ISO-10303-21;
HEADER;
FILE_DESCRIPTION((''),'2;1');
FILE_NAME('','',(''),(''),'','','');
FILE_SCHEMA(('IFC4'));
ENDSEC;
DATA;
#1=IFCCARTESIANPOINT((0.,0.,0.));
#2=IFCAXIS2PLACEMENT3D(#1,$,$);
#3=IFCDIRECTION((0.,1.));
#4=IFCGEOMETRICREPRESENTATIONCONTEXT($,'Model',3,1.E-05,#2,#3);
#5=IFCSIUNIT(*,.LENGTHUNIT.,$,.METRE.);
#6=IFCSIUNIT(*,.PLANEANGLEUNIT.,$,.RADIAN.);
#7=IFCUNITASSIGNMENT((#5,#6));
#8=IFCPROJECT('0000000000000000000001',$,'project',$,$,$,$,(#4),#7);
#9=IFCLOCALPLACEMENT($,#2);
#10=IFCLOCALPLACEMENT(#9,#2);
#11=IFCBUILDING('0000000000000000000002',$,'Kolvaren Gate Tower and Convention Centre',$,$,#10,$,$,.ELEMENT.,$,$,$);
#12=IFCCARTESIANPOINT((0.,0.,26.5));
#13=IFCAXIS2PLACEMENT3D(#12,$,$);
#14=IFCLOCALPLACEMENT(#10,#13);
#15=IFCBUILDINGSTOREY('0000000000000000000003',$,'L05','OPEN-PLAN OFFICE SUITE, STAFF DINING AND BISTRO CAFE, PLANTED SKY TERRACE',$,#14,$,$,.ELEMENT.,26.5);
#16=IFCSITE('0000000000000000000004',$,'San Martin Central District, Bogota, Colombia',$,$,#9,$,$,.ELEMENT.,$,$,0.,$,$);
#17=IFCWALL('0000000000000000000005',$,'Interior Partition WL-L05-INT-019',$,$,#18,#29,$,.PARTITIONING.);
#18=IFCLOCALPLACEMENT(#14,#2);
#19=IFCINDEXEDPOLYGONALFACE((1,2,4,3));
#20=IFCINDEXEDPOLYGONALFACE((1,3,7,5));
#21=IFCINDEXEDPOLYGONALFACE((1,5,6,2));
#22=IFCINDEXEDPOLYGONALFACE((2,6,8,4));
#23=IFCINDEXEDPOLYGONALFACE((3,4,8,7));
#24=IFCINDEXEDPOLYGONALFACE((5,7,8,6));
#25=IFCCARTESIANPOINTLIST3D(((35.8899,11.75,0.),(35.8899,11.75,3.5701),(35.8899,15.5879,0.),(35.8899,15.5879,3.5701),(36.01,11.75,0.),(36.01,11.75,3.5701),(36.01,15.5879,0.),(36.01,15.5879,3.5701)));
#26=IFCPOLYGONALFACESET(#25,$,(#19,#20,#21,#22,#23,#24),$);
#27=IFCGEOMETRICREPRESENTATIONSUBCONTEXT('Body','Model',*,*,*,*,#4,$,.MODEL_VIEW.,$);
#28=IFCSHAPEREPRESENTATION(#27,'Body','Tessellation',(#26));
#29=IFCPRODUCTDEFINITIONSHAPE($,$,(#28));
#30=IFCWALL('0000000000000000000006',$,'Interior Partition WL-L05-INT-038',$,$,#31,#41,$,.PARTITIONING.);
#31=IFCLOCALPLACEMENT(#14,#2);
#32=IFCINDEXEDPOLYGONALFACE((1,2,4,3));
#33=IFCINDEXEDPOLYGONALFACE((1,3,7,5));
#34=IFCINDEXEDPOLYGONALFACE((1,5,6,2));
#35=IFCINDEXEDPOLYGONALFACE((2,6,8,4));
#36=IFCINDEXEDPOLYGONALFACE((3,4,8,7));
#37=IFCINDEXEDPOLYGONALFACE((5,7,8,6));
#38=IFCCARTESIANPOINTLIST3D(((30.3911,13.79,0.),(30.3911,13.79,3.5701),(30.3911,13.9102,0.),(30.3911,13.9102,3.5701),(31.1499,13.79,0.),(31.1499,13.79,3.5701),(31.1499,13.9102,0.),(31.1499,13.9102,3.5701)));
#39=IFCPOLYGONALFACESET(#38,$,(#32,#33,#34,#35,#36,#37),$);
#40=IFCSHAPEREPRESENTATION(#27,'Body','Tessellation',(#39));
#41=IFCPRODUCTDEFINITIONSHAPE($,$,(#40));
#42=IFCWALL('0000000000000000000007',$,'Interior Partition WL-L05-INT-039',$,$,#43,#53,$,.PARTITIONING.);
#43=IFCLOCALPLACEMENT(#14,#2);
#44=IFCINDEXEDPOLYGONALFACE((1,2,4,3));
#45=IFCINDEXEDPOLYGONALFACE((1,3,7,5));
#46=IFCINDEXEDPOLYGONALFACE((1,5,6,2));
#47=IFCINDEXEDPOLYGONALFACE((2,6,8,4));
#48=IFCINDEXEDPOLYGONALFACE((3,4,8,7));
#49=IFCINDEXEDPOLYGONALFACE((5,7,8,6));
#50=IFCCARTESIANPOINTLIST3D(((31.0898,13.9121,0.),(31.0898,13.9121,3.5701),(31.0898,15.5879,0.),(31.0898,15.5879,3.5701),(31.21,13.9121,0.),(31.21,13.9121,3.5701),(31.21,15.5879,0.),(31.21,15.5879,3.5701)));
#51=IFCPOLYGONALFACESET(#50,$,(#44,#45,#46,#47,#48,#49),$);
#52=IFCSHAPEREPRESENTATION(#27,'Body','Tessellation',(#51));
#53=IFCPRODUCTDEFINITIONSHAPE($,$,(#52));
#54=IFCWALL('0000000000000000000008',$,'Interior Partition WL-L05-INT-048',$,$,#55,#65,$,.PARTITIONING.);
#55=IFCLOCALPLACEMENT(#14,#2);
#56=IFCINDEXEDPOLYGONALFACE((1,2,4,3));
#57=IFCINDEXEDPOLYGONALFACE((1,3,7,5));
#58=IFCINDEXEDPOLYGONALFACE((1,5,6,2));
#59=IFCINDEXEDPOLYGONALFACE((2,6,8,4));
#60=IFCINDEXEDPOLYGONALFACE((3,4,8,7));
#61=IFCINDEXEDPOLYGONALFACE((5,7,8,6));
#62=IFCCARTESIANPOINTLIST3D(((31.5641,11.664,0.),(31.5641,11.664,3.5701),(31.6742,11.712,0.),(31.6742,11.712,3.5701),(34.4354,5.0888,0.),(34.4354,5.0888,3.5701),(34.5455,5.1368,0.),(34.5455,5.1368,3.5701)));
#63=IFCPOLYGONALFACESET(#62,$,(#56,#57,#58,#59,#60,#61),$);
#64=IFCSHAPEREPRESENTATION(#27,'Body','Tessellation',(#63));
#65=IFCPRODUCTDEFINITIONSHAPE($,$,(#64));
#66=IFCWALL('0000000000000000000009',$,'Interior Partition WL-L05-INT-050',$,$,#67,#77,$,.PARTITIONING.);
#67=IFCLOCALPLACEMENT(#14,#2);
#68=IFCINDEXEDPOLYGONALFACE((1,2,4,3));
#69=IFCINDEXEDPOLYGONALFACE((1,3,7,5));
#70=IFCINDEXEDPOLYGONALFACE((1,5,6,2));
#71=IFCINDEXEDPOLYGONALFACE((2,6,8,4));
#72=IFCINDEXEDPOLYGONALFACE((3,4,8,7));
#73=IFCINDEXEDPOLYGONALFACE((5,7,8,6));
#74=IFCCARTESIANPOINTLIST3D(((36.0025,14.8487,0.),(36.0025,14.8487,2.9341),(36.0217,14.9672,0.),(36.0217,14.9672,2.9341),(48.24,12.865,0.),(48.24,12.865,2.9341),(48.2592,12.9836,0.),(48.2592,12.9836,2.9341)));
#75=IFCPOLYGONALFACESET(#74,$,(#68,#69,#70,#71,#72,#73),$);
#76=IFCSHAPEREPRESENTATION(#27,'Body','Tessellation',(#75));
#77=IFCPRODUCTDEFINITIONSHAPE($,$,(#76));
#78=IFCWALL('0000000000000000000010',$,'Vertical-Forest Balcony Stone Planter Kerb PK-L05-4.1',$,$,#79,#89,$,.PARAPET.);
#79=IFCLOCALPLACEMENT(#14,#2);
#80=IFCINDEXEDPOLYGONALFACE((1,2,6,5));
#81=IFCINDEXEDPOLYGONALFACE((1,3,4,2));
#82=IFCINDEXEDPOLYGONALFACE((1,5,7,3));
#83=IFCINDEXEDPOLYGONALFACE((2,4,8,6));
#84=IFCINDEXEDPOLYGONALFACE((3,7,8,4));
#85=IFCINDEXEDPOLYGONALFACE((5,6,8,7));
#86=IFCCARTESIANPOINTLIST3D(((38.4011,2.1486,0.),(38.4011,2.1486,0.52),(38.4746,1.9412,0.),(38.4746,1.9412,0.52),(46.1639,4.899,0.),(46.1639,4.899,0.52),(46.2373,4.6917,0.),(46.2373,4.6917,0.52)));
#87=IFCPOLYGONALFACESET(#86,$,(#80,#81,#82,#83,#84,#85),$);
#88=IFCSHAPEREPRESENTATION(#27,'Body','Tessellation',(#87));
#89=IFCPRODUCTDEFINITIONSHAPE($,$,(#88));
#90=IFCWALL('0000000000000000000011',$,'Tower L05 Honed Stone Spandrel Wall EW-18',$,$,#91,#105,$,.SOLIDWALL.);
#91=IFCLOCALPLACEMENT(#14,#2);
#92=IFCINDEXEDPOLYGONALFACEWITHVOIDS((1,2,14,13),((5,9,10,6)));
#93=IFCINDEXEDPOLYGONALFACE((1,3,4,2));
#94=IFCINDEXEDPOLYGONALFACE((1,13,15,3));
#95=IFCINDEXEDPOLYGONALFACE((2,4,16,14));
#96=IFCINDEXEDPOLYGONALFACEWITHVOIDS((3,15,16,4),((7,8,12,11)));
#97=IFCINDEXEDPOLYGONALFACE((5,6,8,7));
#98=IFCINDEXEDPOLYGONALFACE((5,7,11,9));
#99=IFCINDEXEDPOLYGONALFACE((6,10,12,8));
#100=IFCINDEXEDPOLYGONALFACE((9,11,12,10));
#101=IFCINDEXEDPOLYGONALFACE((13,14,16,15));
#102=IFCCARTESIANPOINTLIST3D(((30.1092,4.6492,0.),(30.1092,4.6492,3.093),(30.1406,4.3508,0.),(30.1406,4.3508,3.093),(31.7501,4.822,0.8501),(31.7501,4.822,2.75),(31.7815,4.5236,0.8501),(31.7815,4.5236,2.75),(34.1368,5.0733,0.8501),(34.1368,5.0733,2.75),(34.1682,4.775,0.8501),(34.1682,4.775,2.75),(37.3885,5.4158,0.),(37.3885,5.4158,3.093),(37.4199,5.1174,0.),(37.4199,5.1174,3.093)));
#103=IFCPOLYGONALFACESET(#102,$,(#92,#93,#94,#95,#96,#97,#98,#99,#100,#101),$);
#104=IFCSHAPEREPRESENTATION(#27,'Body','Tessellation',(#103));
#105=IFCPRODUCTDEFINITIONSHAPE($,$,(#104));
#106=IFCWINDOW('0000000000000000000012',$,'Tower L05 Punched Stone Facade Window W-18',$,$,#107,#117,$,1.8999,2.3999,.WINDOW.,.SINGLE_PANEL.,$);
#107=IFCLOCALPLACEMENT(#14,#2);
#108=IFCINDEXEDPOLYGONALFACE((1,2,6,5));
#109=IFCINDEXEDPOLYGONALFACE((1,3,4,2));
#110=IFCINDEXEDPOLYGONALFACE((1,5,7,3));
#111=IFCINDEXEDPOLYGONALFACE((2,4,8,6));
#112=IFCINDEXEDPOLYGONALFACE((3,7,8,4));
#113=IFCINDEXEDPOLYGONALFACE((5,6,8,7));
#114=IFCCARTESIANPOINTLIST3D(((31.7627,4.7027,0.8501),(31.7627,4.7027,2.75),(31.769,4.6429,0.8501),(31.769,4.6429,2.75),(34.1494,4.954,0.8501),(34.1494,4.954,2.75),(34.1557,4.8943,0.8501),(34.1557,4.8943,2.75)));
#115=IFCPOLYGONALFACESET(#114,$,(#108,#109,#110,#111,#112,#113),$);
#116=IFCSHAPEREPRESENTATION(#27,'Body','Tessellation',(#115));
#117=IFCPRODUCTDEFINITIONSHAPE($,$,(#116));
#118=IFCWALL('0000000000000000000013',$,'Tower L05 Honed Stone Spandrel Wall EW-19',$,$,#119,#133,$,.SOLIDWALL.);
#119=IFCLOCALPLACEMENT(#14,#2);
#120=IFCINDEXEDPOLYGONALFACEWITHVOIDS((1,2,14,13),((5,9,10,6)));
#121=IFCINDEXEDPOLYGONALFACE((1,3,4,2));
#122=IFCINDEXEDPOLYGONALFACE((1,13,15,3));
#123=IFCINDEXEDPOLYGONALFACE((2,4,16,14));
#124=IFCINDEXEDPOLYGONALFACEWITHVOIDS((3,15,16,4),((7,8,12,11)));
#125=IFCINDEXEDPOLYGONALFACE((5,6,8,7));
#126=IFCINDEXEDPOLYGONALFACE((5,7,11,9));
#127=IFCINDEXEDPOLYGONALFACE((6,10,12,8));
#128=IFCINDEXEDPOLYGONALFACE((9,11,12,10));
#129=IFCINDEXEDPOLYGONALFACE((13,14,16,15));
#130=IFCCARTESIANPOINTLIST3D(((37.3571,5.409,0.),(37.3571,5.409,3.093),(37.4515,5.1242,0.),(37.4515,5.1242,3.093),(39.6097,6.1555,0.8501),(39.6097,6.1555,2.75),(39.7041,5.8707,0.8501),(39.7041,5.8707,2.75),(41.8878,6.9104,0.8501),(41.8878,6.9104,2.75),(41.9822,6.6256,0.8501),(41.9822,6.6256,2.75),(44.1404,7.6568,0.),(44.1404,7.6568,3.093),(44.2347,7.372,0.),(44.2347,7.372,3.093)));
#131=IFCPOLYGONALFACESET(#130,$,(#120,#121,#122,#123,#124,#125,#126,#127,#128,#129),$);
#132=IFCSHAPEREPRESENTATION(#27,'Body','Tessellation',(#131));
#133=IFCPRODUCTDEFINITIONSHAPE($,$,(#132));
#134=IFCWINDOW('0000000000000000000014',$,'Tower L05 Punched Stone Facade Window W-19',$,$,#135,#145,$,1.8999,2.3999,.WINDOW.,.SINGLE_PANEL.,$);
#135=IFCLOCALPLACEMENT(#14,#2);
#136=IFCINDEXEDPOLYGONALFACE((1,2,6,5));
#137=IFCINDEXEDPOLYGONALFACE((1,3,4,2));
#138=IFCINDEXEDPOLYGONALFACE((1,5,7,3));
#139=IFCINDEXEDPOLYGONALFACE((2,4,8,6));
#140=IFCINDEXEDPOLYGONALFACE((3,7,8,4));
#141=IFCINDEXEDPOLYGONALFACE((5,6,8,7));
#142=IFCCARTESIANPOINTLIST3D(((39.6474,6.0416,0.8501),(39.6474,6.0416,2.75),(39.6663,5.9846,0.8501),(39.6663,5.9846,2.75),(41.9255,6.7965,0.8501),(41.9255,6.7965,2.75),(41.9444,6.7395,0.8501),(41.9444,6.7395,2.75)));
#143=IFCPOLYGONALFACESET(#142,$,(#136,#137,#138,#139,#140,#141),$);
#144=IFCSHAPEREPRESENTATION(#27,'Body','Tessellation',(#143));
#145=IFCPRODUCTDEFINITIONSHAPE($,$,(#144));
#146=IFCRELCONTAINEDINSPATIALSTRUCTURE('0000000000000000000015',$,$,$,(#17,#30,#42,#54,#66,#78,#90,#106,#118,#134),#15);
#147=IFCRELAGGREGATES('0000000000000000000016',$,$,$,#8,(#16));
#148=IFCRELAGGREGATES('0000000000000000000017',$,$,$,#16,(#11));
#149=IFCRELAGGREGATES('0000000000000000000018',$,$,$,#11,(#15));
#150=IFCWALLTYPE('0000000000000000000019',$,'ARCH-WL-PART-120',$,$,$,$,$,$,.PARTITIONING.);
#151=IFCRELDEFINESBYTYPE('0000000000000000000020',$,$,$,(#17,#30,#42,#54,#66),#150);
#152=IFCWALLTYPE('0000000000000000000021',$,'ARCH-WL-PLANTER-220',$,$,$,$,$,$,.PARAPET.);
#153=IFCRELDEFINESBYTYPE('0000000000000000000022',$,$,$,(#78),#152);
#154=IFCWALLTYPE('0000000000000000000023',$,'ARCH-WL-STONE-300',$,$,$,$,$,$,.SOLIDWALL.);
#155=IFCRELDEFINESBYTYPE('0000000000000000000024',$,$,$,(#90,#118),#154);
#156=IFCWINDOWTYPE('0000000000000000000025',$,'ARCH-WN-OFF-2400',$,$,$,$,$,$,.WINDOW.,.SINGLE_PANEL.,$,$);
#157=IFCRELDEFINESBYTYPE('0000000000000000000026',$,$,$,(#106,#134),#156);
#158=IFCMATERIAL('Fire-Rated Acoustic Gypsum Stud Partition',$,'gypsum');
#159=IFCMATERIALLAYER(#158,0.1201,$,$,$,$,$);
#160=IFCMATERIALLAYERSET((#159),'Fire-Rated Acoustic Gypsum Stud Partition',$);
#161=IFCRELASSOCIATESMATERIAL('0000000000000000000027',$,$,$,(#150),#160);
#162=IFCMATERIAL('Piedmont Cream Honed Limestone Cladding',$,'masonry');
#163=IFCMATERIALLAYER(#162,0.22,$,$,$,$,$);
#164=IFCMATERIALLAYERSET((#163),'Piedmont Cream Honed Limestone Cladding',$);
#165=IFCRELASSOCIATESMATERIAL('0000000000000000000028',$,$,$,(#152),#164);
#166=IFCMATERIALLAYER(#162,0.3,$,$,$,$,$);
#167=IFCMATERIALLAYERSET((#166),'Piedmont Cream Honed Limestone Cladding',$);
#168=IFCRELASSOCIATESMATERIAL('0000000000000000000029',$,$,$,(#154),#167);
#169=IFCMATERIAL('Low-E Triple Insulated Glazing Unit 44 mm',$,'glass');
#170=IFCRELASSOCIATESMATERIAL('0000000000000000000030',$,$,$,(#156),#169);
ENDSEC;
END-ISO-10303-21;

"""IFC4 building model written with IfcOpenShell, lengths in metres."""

from ifc_helpers import new_model, si_unit, direction, frame, frame_2d, origin, place, context, subcontext, project, spatial, rectangle, extrude, material, layer, layer_set, type_object, element, fill, save


model = new_model("IFC4")

# Units and contexts
model_context = context("Model", 3, precision=1e-05, world=origin(), true_north=direction((0.0, 1.0)))
body_context = subcontext(model_context, "Body", "Model", "MODEL_VIEW")
ifc_project = project(units=[si_unit("LENGTHUNIT", "METRE"), si_unit("PLANEANGLEUNIT", "RADIAN")], contexts=[model_context])

# Site, building, storey
site_placement = place(None, origin())
site = spatial("IfcSite", under=ifc_project, at=site_placement, Name="San Martin Central District, Bogota, Colombia", CompositionType="ELEMENT", RefElevation=0.0)
building_placement = place(site_placement, origin())
building = spatial("IfcBuilding", under=site, at=building_placement, Name="Kolvaren Gate Tower and Convention Centre", CompositionType="ELEMENT")
storey_placement = place(building_placement, frame((0.0, 0.0, 26.5)))
storey = spatial("IfcBuildingStorey", under=building, at=storey_placement, Name="L05", Description="OPEN-PLAN OFFICE SUITE, STAFF DINING AND BISTRO CAFE, PLANTED SKY TERRACE", CompositionType="ELEMENT", Elevation=26.5)

# Walls
ifc_material_1 = material(Name="Fire-Rated Acoustic Gypsum Stud Partition", Category="gypsum")
ifc_layer_1 = layer(ifc_material_1, 0.1201)
ifc_layer_set_1 = layer_set([ifc_layer_1], Name="Fire-Rated Acoustic Gypsum Stud Partition")
wall_type_1 = type_object("IfcWallType", Name="ARCH-WL-PART-120", PredefinedType="PARTITIONING", material=ifc_layer_set_1)
wall_1_placement = place(storey_placement, frame((35.95, 11.75, 0.0), z_axis=(0.0, 0.0, 1.0), x_axis=(0.0, 1.0, 0.0)))
element("IfcWall", 1, at=wall_1_placement, inside=storey, type_object=wall_type_1, Name="Interior Partition WL-L05-INT-019", PredefinedType="PARTITIONING", context=body_context, shape_type="SweptSolid", body=[
    extrude(rectangle(XDim=3.8379, YDim=0.1201, at=frame_2d((1.9189, 0.0))), origin(), (0.0, 0.0, 1.0), 3.5701),
])
wall_2_placement = place(storey_placement, frame((30.3911, 13.8501, 0.0), z_axis=(0.0, 0.0, 1.0), x_axis=(1.0, 0.0, 0.0)))
element("IfcWall", 2, at=wall_2_placement, inside=storey, type_object=wall_type_1, Name="Interior Partition WL-L05-INT-038", PredefinedType="PARTITIONING", context=body_context, shape_type="SweptSolid", body=[
    extrude(rectangle(XDim=0.7588, YDim=0.1201, at=frame_2d((0.3794, 0.0))), origin(), (0.0, 0.0, 1.0), 3.5701),
])
wall_3_placement = place(storey_placement, frame((31.1499, 13.9121, 0.0), z_axis=(0.0, 0.0, 1.0), x_axis=(0.0, 1.0, 0.0)))
element("IfcWall", 3, at=wall_3_placement, inside=storey, type_object=wall_type_1, Name="Interior Partition WL-L05-INT-039", PredefinedType="PARTITIONING", context=body_context, shape_type="SweptSolid", body=[
    extrude(rectangle(XDim=1.6758, YDim=0.1201, at=frame_2d((0.8379, 0.0))), origin(), (0.0, 0.0, 1.0), 3.5701),
])
wall_4_placement = place(storey_placement, frame((31.6191, 11.688, 0.0), z_axis=(0.0, 0.0, 1.0), x_axis=(0.400198, -0.916429, 0.0)))
element("IfcWall", 4, at=wall_4_placement, inside=storey, type_object=wall_type_1, Name="Interior Partition WL-L05-INT-048", PredefinedType="PARTITIONING", context=body_context, shape_type="SweptSolid", body=[
    extrude(rectangle(XDim=7.1748, YDim=0.1201, at=frame_2d((3.5874, 0.0))), origin(), (0.0, 0.0, 1.0), 3.5701),
])
wall_5_placement = place(storey_placement, frame((36.012, 14.908, 0.0), z_axis=(0.0, 0.0, 1.0), x_axis=(0.987116, -0.160006, 0.0)))
element("IfcWall", 5, at=wall_5_placement, inside=storey, type_object=wall_type_1, Name="Interior Partition WL-L05-INT-050", PredefinedType="PARTITIONING", context=body_context, shape_type="SweptSolid", body=[
    extrude(rectangle(XDim=12.3972, YDim=0.1201, at=frame_2d((6.1987, 0.0))), origin(), (0.0, 0.0, 1.0), 2.9341),
])
ifc_material_2 = material(Name="Piedmont Cream Honed Limestone Cladding", Category="masonry")
ifc_layer_2 = layer(ifc_material_2, 0.22)
ifc_layer_set_2 = layer_set([ifc_layer_2], Name="Piedmont Cream Honed Limestone Cladding")
wall_type_2 = type_object("IfcWallType", Name="ARCH-WL-PLANTER-220", PredefinedType="PARAPET", material=ifc_layer_set_2)
wall_6_placement = place(storey_placement, frame((38.438, 2.0449, 0.0), z_axis=(0.0, 0.0, 1.0), x_axis=(0.942581, 0.333977, 0.0)))
element("IfcWall", 6, at=wall_6_placement, inside=storey, type_object=wall_type_2, Name="Vertical-Forest Balcony Stone Planter Kerb PK-L05-4.1", PredefinedType="PARAPET", context=body_context, shape_type="SweptSolid", body=[
    extrude(rectangle(XDim=8.2356, YDim=0.22, at=frame_2d((4.1177, 0.0))), origin(), (0.0, 0.0, 1.0), 0.52),
])

# Walls, openings, windows
ifc_layer_3 = layer(ifc_material_2, 0.3)
ifc_layer_set_3 = layer_set([ifc_layer_3], Name="Piedmont Cream Honed Limestone Cladding")
wall_type_3 = type_object("IfcWallType", Name="ARCH-WL-STONE-300", PredefinedType="SOLIDWALL", material=ifc_layer_set_3)
wall_7_placement = place(storey_placement, frame((30.125, 4.5, 0.0), z_axis=(0.0, 0.0, 1.0), x_axis=(0.9945, 0.104733, 0.0)))
wall_7 = element("IfcWall", 7, at=wall_7_placement, inside=storey, type_object=wall_type_3, Name="Tower L05 Honed Stone Spandrel Wall EW-18", PredefinedType="SOLIDWALL", context=body_context, shape_type="SweptSolid", body=[
    extrude(rectangle(XDim=7.3196, YDim=0.3, at=frame_2d((3.6597, 0.0))), origin(), (0.0, 0.0, 1.0), 3.093),
])
opening_1_placement = place(wall_7_placement, frame((1.6499, 0.0, 0.8501)))
opening_1 = element("IfcOpeningElement", 8, at=opening_1_placement, cuts=wall_7, PredefinedType="OPENING", context=body_context, shape_type="SweptSolid", body=[
    extrude(rectangle(XDim=2.3999, YDim=1.8999, at=frame_2d((1.2, 0.95))), frame((0.0, 0.1599, 0.0), z_axis=(0.0, -1.0, 0.0), x_axis=(1.0, 0.0, 0.0)), (0.0, 0.0, 1.0), 0.3201),
])
ifc_material_3 = material(Name="Low-E Triple Insulated Glazing Unit 44 mm", Category="glass")
window_type = type_object("IfcWindowType", Name="ARCH-WN-OFF-2400", PartitioningType="SINGLE_PANEL", PredefinedType="WINDOW", material=ifc_material_3)
window_1_placement = place(opening_1_placement, origin())
window_1 = element("IfcWindow", 9, at=window_1_placement, inside=storey, type_object=window_type, Name="Tower L05 Punched Stone Facade Window W-18", OverallHeight=1.8999, OverallWidth=2.3999, PartitioningType="SINGLE_PANEL", PredefinedType="WINDOW", context=body_context, shape_type="SweptSolid", body=[
    extrude(rectangle(XDim=2.3999, YDim=1.8999, at=frame_2d((1.2, 0.95))), frame((0.0, 0.03, 0.0), z_axis=(0.0, -1.0, 0.0), x_axis=(1.0, 0.0, 0.0)), (0.0, 0.0, 1.0), 0.0601),
])
fill(opening_1, window_1)
wall_8_placement = place(storey_placement, frame((37.4043, 5.2666, 0.0), z_axis=(0.0, 0.0, 1.0), x_axis=(0.949239, 0.314557, 0.0)))
wall_8 = element("IfcWall", 10, at=wall_8_placement, inside=storey, type_object=wall_type_3, Name="Tower L05 Honed Stone Spandrel Wall EW-19", PredefinedType="SOLIDWALL", context=body_context, shape_type="SweptSolid", body=[
    extrude(rectangle(XDim=7.146, YDim=0.3, at=frame_2d((3.573, 0.0))), origin(), (0.0, 0.0, 1.0), 3.093),
])
opening_2_placement = place(wall_8_placement, frame((2.373, 0.0, 0.8501)))
opening_2 = element("IfcOpeningElement", 11, at=opening_2_placement, cuts=wall_8, PredefinedType="OPENING", context=body_context, shape_type="SweptSolid", body=[
    extrude(rectangle(XDim=2.3999, YDim=1.8999, at=frame_2d((1.2, 0.95))), frame((0.0, 0.1599, 0.0), z_axis=(0.0, -1.0, 0.0), x_axis=(1.0, 0.0, 0.0)), (0.0, 0.0, 1.0), 0.3201),
])
window_2_placement = place(opening_2_placement, origin())
window_2 = element("IfcWindow", 12, at=window_2_placement, inside=storey, type_object=window_type, Name="Tower L05 Punched Stone Facade Window W-19", OverallHeight=1.8999, OverallWidth=2.3999, PartitioningType="SINGLE_PANEL", PredefinedType="WINDOW", context=body_context, shape_type="SweptSolid", body=[
    extrude(rectangle(XDim=2.3999, YDim=1.8999, at=frame_2d((1.2, 0.95))), frame((0.0, 0.03, 0.0), z_axis=(0.0, -1.0, 0.0), x_axis=(1.0, 0.0, 0.0)), (0.0, 0.0, 1.0), 0.0601),
])
fill(opening_2, window_2)

save(model, "model.ifc")
